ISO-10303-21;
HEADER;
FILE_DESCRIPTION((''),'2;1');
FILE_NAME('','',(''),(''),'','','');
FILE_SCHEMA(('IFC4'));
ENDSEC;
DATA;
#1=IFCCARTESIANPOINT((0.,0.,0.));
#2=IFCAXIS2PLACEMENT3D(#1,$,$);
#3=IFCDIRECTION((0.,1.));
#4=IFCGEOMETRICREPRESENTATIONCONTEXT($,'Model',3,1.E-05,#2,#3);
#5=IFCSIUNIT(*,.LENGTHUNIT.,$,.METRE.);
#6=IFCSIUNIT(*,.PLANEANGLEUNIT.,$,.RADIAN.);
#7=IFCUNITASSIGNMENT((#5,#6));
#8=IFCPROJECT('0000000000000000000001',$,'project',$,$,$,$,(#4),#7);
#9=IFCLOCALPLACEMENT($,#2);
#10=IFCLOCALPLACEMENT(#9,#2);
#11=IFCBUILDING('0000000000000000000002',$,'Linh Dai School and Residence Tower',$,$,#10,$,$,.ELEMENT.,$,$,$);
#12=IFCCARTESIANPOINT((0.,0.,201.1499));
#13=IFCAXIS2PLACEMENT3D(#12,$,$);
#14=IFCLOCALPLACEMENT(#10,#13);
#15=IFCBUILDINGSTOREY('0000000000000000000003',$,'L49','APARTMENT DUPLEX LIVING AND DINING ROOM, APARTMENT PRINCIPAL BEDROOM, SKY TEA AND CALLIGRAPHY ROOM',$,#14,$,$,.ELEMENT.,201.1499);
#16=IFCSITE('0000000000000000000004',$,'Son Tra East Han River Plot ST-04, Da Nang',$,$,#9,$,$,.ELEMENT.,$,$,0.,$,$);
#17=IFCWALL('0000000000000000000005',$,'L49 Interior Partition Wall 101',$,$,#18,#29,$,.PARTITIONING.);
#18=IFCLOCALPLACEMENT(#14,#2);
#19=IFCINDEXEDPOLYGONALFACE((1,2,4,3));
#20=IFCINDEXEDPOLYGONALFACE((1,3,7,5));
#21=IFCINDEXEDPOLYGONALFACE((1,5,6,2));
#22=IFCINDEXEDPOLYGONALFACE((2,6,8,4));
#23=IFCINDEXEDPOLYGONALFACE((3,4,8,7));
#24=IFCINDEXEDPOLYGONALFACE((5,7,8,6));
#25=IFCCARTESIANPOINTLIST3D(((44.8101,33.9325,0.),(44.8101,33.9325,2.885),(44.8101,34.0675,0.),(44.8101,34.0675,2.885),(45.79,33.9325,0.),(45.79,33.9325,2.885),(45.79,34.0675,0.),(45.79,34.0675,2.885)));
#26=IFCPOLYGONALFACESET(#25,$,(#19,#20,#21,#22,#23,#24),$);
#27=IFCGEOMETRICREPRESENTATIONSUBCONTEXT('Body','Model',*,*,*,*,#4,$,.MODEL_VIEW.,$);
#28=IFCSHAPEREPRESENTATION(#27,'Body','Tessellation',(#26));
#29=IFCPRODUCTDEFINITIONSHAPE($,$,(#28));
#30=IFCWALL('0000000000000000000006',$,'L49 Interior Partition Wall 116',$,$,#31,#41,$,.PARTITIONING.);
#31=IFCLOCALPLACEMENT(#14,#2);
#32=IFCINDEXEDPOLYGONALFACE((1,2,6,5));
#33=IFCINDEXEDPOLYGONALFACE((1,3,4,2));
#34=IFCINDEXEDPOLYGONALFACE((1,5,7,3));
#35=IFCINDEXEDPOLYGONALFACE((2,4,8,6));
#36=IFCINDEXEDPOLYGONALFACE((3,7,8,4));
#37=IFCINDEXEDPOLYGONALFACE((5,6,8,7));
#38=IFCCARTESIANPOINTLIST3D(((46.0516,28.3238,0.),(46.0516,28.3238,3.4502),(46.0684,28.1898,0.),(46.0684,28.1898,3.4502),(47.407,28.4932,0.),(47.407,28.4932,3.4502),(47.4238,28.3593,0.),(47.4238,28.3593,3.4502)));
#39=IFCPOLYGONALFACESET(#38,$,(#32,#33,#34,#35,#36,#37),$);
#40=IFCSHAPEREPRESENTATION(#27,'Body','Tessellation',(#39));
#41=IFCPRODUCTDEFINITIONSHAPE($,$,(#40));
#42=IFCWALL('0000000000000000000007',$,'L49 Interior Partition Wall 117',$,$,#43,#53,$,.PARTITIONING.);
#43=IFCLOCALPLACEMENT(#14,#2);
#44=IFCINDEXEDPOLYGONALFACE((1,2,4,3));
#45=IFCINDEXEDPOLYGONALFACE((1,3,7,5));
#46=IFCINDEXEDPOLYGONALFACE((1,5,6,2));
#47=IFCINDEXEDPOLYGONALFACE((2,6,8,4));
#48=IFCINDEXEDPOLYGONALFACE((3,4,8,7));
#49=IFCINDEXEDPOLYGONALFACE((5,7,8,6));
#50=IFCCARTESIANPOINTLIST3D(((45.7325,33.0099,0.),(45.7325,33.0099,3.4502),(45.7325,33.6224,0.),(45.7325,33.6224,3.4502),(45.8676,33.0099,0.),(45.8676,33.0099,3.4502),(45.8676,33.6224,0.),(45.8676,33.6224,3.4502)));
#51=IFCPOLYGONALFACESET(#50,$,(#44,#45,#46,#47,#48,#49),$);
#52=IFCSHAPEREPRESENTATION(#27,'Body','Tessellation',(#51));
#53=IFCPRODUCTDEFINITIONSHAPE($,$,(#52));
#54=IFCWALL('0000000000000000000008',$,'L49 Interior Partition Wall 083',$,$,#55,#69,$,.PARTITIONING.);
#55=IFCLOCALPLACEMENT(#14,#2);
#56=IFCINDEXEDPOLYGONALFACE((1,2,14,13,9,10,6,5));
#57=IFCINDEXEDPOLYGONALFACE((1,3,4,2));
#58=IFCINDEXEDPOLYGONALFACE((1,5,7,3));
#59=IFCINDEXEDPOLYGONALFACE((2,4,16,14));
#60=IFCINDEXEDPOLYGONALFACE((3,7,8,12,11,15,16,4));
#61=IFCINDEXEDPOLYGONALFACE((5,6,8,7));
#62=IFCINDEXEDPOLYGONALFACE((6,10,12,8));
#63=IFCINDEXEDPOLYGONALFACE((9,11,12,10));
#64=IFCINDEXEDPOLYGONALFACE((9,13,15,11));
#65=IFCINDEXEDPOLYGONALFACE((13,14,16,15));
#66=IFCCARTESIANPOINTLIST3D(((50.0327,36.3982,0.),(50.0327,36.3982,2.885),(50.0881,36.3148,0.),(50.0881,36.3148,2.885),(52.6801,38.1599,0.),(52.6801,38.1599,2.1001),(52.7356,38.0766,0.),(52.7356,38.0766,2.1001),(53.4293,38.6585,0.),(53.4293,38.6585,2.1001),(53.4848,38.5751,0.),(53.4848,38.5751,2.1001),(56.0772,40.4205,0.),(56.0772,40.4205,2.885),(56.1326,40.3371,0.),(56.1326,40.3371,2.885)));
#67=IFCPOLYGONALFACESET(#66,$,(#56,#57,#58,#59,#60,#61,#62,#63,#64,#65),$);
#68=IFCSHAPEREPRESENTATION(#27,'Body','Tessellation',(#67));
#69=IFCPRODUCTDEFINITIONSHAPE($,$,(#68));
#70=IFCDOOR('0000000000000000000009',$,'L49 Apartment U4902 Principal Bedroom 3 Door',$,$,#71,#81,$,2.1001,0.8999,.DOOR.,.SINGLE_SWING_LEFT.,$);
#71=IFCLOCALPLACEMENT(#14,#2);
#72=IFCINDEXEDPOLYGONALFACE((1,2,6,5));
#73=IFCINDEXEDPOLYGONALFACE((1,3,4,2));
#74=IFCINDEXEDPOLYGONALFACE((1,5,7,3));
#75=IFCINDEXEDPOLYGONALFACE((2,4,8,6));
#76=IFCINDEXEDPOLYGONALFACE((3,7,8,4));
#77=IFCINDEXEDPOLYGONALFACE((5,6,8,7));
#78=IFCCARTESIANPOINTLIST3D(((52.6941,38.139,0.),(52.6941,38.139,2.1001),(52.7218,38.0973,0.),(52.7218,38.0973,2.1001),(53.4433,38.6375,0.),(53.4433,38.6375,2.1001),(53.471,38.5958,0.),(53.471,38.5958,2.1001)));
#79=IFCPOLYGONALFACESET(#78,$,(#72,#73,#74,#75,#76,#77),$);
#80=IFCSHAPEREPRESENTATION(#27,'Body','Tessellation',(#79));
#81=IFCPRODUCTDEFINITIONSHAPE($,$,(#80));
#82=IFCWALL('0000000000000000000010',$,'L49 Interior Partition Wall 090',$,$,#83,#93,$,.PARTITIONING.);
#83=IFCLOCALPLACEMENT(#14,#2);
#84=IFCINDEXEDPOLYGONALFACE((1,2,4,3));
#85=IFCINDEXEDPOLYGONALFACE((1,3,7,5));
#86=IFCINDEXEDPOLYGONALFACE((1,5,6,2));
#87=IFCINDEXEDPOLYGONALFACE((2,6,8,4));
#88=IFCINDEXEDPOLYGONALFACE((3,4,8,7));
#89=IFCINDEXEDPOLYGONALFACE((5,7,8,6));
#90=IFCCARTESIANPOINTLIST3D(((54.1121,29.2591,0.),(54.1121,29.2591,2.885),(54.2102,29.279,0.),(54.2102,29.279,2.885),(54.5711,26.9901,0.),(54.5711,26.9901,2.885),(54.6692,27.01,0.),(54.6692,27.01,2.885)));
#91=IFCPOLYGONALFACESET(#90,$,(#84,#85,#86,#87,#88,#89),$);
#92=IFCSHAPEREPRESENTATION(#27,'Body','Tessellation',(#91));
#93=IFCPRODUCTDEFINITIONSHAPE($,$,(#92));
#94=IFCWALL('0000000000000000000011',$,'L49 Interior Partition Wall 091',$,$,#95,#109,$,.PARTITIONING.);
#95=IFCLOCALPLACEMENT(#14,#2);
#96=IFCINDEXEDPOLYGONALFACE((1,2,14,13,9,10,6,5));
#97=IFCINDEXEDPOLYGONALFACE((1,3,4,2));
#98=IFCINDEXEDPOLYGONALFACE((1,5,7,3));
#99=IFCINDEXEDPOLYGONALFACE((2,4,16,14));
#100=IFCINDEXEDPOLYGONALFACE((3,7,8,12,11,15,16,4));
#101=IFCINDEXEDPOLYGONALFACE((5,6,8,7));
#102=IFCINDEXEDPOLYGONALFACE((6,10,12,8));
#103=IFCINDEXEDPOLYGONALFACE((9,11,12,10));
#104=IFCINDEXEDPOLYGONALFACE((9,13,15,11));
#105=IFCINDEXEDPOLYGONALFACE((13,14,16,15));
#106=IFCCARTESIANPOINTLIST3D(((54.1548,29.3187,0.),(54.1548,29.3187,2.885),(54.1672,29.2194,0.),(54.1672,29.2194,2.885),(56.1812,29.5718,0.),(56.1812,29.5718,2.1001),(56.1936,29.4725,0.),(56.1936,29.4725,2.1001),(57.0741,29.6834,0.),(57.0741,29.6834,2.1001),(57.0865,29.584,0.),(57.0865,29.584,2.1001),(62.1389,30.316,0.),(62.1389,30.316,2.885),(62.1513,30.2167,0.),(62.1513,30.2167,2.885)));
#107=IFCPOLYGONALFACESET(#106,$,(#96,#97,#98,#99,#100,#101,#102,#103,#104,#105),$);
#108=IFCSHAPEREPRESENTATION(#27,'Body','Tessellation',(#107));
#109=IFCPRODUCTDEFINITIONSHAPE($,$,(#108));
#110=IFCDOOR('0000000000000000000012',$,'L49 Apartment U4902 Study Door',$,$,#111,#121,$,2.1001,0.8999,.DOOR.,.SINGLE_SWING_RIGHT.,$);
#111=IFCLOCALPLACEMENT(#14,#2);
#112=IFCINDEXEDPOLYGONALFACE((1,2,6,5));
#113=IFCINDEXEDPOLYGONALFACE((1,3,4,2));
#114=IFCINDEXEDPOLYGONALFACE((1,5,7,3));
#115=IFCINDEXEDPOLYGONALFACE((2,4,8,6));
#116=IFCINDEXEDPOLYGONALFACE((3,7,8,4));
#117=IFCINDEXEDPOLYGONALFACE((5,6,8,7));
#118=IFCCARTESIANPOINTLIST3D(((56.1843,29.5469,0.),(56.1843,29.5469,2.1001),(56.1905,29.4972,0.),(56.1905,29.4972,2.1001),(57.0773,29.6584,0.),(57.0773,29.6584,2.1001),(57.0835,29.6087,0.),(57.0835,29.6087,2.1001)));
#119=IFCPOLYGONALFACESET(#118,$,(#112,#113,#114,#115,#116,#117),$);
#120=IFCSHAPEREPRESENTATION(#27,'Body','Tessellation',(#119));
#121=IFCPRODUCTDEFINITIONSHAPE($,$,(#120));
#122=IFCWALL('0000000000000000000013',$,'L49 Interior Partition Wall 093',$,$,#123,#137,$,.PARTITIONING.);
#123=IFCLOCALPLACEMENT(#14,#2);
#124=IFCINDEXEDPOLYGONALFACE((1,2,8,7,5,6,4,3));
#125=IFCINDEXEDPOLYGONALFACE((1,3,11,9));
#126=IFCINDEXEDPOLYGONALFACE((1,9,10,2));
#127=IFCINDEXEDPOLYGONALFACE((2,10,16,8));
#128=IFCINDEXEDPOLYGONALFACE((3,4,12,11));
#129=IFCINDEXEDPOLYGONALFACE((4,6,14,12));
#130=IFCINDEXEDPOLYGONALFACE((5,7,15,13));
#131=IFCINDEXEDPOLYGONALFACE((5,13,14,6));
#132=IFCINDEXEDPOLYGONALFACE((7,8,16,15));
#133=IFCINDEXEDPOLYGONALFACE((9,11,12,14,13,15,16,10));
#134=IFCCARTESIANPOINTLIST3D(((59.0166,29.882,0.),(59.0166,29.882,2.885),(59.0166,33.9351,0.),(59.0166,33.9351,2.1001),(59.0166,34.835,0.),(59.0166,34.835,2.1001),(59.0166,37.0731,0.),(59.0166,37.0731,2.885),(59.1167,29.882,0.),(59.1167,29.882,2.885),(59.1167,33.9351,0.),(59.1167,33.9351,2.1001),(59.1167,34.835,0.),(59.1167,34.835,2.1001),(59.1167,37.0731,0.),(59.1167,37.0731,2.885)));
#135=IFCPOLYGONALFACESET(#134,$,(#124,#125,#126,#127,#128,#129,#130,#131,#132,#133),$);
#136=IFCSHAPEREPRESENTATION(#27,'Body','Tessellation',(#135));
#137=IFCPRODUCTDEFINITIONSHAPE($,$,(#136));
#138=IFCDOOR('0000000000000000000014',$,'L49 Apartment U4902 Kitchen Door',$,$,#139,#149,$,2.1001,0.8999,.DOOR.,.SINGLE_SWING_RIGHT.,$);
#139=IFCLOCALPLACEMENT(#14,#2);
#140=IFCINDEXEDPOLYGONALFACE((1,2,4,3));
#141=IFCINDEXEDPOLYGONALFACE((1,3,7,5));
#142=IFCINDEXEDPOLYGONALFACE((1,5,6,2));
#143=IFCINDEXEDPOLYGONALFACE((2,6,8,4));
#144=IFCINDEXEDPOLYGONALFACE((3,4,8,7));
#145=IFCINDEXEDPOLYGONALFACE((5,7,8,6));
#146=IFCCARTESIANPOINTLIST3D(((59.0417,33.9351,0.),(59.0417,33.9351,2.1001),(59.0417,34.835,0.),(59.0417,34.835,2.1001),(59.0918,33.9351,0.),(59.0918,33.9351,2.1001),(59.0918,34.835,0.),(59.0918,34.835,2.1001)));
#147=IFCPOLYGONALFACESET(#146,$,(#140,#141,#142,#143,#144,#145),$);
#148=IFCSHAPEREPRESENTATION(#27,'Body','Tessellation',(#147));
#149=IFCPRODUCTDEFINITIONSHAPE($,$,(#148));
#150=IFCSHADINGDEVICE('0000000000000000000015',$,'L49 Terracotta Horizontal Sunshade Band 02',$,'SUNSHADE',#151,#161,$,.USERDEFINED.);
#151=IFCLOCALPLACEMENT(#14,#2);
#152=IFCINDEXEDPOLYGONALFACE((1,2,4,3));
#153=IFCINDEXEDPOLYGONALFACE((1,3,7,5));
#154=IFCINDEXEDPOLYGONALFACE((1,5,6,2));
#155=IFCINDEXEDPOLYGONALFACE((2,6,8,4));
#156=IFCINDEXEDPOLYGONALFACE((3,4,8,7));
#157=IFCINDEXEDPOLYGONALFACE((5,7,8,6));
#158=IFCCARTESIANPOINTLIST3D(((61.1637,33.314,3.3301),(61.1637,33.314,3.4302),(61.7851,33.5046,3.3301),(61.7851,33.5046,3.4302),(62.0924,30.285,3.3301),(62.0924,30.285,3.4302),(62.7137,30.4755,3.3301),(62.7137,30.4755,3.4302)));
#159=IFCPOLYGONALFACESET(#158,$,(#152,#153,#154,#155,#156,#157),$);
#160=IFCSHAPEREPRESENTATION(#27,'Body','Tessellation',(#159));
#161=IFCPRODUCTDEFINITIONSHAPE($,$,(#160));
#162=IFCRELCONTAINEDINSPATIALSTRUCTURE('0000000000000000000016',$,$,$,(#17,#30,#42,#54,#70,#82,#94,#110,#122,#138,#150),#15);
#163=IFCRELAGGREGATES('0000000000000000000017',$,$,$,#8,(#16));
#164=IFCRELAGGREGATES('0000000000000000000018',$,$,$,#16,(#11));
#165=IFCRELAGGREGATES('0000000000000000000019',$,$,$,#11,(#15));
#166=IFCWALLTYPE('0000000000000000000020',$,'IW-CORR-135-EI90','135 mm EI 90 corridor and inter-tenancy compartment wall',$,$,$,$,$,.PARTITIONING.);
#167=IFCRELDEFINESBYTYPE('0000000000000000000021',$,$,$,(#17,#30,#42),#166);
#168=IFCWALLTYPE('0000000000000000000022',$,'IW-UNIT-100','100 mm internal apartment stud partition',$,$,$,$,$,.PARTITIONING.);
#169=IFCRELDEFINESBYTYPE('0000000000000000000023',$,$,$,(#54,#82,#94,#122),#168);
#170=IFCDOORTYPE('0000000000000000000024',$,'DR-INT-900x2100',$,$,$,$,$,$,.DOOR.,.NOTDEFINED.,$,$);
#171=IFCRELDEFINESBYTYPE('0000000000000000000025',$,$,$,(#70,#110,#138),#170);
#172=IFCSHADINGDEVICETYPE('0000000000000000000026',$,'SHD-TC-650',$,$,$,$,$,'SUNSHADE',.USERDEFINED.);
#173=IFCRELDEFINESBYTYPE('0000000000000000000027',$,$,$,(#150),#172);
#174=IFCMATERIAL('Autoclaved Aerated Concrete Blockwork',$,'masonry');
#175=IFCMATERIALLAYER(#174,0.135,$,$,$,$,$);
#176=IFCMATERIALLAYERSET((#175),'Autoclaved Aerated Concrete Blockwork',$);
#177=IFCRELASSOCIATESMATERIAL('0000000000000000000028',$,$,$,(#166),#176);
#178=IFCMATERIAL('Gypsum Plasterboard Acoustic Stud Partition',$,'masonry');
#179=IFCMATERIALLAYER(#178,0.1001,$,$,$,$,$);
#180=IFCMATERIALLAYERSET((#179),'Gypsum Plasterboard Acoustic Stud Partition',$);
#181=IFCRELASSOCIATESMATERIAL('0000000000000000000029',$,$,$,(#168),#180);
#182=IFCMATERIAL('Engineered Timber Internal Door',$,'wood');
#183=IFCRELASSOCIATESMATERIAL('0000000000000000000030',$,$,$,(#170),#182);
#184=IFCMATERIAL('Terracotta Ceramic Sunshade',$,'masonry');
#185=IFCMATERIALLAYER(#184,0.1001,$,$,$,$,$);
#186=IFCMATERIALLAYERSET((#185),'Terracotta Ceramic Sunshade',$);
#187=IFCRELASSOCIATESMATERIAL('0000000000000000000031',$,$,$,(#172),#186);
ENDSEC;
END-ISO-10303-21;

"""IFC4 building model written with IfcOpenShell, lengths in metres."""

from ifc_helpers import new_model, si_unit, direction, frame, frame_2d, origin, origin_2d, place, context, subcontext, project, spatial, rectangle, extrude, source, transform, mapped, material, layer, layer_set, type_object, element, fill, save


model = new_model("IFC4")

# Units and contexts
model_context = context("Model", 3, precision=1e-05, world=origin(), true_north=direction((0.0, 1.0)))
body_context = subcontext(model_context, "Body", "Model", "MODEL_VIEW")
ifc_project = project(units=[si_unit("LENGTHUNIT", "METRE"), si_unit("PLANEANGLEUNIT", "RADIAN")], contexts=[model_context])

# Site, building, storey
site_placement = place(None, origin())
site = spatial("IfcSite", under=ifc_project, at=site_placement, Name="Son Tra East Han River Plot ST-04, Da Nang", CompositionType="ELEMENT", RefElevation=0.0)
building_placement = place(site_placement, origin())
building = spatial("IfcBuilding", under=site, at=building_placement, Name="Linh Dai School and Residence Tower", CompositionType="ELEMENT")
storey_placement = place(building_placement, frame((0.0, 0.0, 201.1499)))
storey = spatial("IfcBuildingStorey", under=building, at=storey_placement, Name="L49", Description="APARTMENT DUPLEX LIVING AND DINING ROOM, APARTMENT PRINCIPAL BEDROOM, SKY TEA AND CALLIGRAPHY ROOM", CompositionType="ELEMENT", Elevation=201.1499)

# Walls
ifc_material_1 = material(Name="Autoclaved Aerated Concrete Blockwork", Category="masonry")
ifc_layer_1 = layer(ifc_material_1, 0.135)
ifc_layer_set_1 = layer_set([ifc_layer_1], Name="Autoclaved Aerated Concrete Blockwork")
wall_type_1 = type_object("IfcWallType", Name="IW-CORR-135-EI90", Description="135 mm EI 90 corridor and inter-tenancy compartment wall", PredefinedType="PARTITIONING", material=ifc_layer_set_1)
wall_1_placement = place(storey_placement, frame((45.79, 34.0, 0.0), z_axis=(0.0, 0.0, 1.0), x_axis=(-1.0, 0.0, 0.0)))
element("IfcWall", 1, at=wall_1_placement, inside=storey, type_object=wall_type_1, Name="L49 Interior Partition Wall 101", PredefinedType="PARTITIONING", context=body_context, shape_type="SweptSolid", body=[
    extrude(rectangle(XDim=0.98, YDim=0.135, at=frame_2d((0.49, 0.0))), origin(), (0.0, 0.0, 1.0), 2.885),
])
wall_2_placement = place(storey_placement, frame((47.4155, 28.4263, 0.0), z_axis=(0.0, 0.0, 1.0), x_axis=(-0.992278, -0.124035, 0.0)))
element("IfcWall", 2, at=wall_2_placement, inside=storey, type_object=wall_type_1, Name="L49 Interior Partition Wall 116", PredefinedType="PARTITIONING", context=body_context, shape_type="SweptSolid", body=[
    extrude(rectangle(XDim=1.366, YDim=0.135, at=frame_2d((0.6831, 0.0))), origin(), (0.0, 0.0, 1.0), 3.4502),
])
wall_3_placement = place(storey_placement, frame((45.8, 33.01, 0.0), z_axis=(0.0, 0.0, 1.0), x_axis=(0.0, 1.0, 0.0)))
element("IfcWall", 3, at=wall_3_placement, inside=storey, type_object=wall_type_1, Name="L49 Interior Partition Wall 117", PredefinedType="PARTITIONING", context=body_context, shape_type="SweptSolid", body=[
    extrude(rectangle(XDim=0.6125, YDim=0.135, at=frame_2d((0.3062, 0.0))), origin(), (0.0, 0.0, 1.0), 3.4502),
])

# Wall, opening, door
ifc_material_2 = material(Name="Gypsum Plasterboard Acoustic Stud Partition", Category="masonry")
ifc_layer_2 = layer(ifc_material_2, 0.1001)
ifc_layer_set_2 = layer_set([ifc_layer_2], Name="Gypsum Plasterboard Acoustic Stud Partition")
wall_type_2 = type_object("IfcWallType", Name="IW-UNIT-100", Description="100 mm internal apartment stud partition", PredefinedType="PARTITIONING", material=ifc_layer_set_2)
wall_4_placement = place(storey_placement, frame((50.0603, 36.3564, 0.0), z_axis=(0.0, 0.0, 1.0), x_axis=(0.832521, 0.553994, 0.0)))
wall_4 = element("IfcWall", 4, at=wall_4_placement, inside=storey, type_object=wall_type_2, Name="L49 Interior Partition Wall 083", PredefinedType="PARTITIONING", context=body_context, shape_type="SweptSolid", body=[
    extrude(rectangle(XDim=7.2605, YDim=0.1001, at=frame_2d((3.6304, 0.0))), origin(), (0.0, 0.0, 1.0), 2.885),
])
opening_1_placement = place(wall_4_placement, frame((3.1802, 0.0, 0.0)))
opening_1 = element("IfcOpeningElement", 5, at=opening_1_placement, cuts=wall_4, PredefinedType="OPENING", context=body_context, shape_type="SweptSolid", body=[
    extrude(rectangle(XDim=0.8999, YDim=2.1001, at=origin_2d()), frame((0.45, 0.0601, 1.05), z_axis=(0.0, -1.0, 0.0), x_axis=(1.0, 0.0, 0.0)), (0.0, 0.0, 1.0), 0.1201),
])
ifc_material_3 = material(Name="Engineered Timber Internal Door", Category="wood")
door_type = type_object("IfcDoorType", Name="DR-INT-900x2100", OperationType="NOTDEFINED", PredefinedType="DOOR", material=ifc_material_3)
shared_shape_1 = source(origin(), body_context, "Body", "SweptSolid", [
    extrude(rectangle(XDim=0.8999, YDim=2.1001, at=origin_2d()), frame((0.45, 0.0249, 1.05), z_axis=(0.0, -1.0, 0.0), x_axis=(1.0, 0.0, 0.0)), (0.0, 0.0, 1.0), 0.05),
])
door_1_placement = place(opening_1_placement, origin())
door_1 = element("IfcDoor", 6, at=door_1_placement, inside=storey, type_object=door_type, Name="L49 Apartment U4902 Principal Bedroom 3 Door", OperationType="SINGLE_SWING_LEFT", OverallHeight=2.1001, OverallWidth=0.8999, PredefinedType="DOOR", context=body_context, shape_type="MappedRepresentation", body=[
    mapped(shared_shape_1, transform((0.0, 0.0, 0.0), x_axis=(1.0, 0.0, 0.0), y_axis=(0.0, 1.0, 0.0), z_axis=(0.0, 0.0, 1.0), scale=1.0)),
])
fill(opening_1, door_1)

# Wall
wall_5_placement = place(storey_placement, frame((54.1611, 29.269, 0.0), z_axis=(0.0, 0.0, 1.0), x_axis=(0.198265, -0.980148, 0.0)))
element("IfcWall", 7, at=wall_5_placement, inside=storey, type_object=wall_type_2, Name="L49 Interior Partition Wall 090", PredefinedType="PARTITIONING", context=body_context, shape_type="SweptSolid", body=[
    extrude(rectangle(XDim=2.3149, YDim=0.1001, at=frame_2d((1.1575, 0.0))), origin(), (0.0, 0.0, 1.0), 2.885),
])

# Walls, openings, doors
wall_6_placement = place(storey_placement, frame((54.1611, 29.269, 0.0), z_axis=(0.0, 0.0, 1.0), x_axis=(0.992289, 0.123949, 0.0)))
wall_6 = element("IfcWall", 8, at=wall_6_placement, inside=storey, type_object=wall_type_2, Name="L49 Interior Partition Wall 091", PredefinedType="PARTITIONING", context=body_context, shape_type="SweptSolid", body=[
    extrude(rectangle(XDim=8.0461, YDim=0.1001, at=frame_2d((4.0229, 0.0))), origin(), (0.0, 0.0, 1.0), 2.885),
])
opening_2_placement = place(wall_6_placement, frame((2.042, 0.0, 0.0)))
opening_2 = element("IfcOpeningElement", 9, at=opening_2_placement, cuts=wall_6, PredefinedType="OPENING", context=body_context, shape_type="SweptSolid", body=[
    extrude(rectangle(XDim=0.8999, YDim=2.1001, at=origin_2d()), frame((0.45, 0.0601, 1.05), z_axis=(0.0, -1.0, 0.0), x_axis=(1.0, 0.0, 0.0)), (0.0, 0.0, 1.0), 0.1201),
])
door_2_placement = place(opening_2_placement, origin())
door_2 = element("IfcDoor", 10, at=door_2_placement, inside=storey, type_object=door_type, Name="L49 Apartment U4902 Study Door", OperationType="SINGLE_SWING_RIGHT", OverallHeight=2.1001, OverallWidth=0.8999, PredefinedType="DOOR", context=body_context, shape_type="MappedRepresentation", body=[
    mapped(shared_shape_1, transform((0.0, 0.0, 0.0), x_axis=(1.0, 0.0, 0.0), y_axis=(0.0, 1.0, 0.0), z_axis=(0.0, 0.0, 1.0), scale=1.0)),
])
fill(opening_2, door_2)
wall_7_placement = place(storey_placement, frame((59.0667, 29.8818, 0.0), z_axis=(0.0, 0.0, 1.0), x_axis=(0.0, 1.0, 0.0)))
wall_7 = element("IfcWall", 11, at=wall_7_placement, inside=storey, type_object=wall_type_2, Name="L49 Interior Partition Wall 093", PredefinedType="PARTITIONING", context=body_context, shape_type="SweptSolid", body=[
    extrude(rectangle(XDim=7.1912, YDim=0.1001, at=frame_2d((3.5957, 0.0))), origin(), (0.0, 0.0, 1.0), 2.885),
])
opening_3_placement = place(wall_7_placement, frame((4.0532, 0.0, 0.0)))
opening_3 = element("IfcOpeningElement", 12, at=opening_3_placement, cuts=wall_7, PredefinedType="OPENING", context=body_context, shape_type="SweptSolid", body=[
    extrude(rectangle(XDim=0.8999, YDim=2.1001, at=origin_2d()), frame((0.45, 0.0601, 1.05), z_axis=(0.0, -1.0, 0.0), x_axis=(1.0, 0.0, 0.0)), (0.0, 0.0, 1.0), 0.1201),
])
door_3_placement = place(opening_3_placement, origin())
door_3 = element("IfcDoor", 13, at=door_3_placement, inside=storey, type_object=door_type, Name="L49 Apartment U4902 Kitchen Door", OperationType="SINGLE_SWING_RIGHT", OverallHeight=2.1001, OverallWidth=0.8999, PredefinedType="DOOR", context=body_context, shape_type="MappedRepresentation", body=[
    mapped(shared_shape_1, transform((0.0, 0.0, 0.0), x_axis=(1.0, 0.0, 0.0), y_axis=(0.0, 1.0, 0.0), z_axis=(0.0, 0.0, 1.0), scale=1.0)),
])
fill(opening_3, door_3)

# Shading device
ifc_material_4 = material(Name="Terracotta Ceramic Sunshade", Category="masonry")
ifc_layer_3 = layer(ifc_material_4, 0.1001)
ifc_layer_set_3 = layer_set([ifc_layer_3], Name="Terracotta Ceramic Sunshade")
shading_device_type = type_object("IfcShadingDeviceType", Name="SHD-TC-650", ElementType="SUNSHADE", PredefinedType="USERDEFINED", material=ifc_layer_set_3)
shared_shape_2 = source(origin(), body_context, "Body", "SweptSolid", [
    extrude(rectangle(XDim=3.1682, YDim=0.6499, at=origin_2d()), origin(), (0.0, 0.0, 1.0), 0.1001),
])
shading_device_placement = place(storey_placement, frame((61.9387, 31.8948, 3.3301), z_axis=(0.0, 0.0, 1.0), x_axis=(0.293122, -0.956075, 0.0)))
element("IfcShadingDevice", 14, at=shading_device_placement, inside=storey, type_object=shading_device_type, Name="L49 Terracotta Horizontal Sunshade Band 02", ObjectType="SUNSHADE", PredefinedType="USERDEFINED", context=body_context, shape_type="MappedRepresentation", body=[
    mapped(shared_shape_2, transform((0.0, 0.0, 0.0), x_axis=(1.0, 0.0, 0.0), y_axis=(0.0, 1.0, 0.0), z_axis=(0.0, 0.0, 1.0), scale=1.0)),
])

save(model, "model.ifc")
